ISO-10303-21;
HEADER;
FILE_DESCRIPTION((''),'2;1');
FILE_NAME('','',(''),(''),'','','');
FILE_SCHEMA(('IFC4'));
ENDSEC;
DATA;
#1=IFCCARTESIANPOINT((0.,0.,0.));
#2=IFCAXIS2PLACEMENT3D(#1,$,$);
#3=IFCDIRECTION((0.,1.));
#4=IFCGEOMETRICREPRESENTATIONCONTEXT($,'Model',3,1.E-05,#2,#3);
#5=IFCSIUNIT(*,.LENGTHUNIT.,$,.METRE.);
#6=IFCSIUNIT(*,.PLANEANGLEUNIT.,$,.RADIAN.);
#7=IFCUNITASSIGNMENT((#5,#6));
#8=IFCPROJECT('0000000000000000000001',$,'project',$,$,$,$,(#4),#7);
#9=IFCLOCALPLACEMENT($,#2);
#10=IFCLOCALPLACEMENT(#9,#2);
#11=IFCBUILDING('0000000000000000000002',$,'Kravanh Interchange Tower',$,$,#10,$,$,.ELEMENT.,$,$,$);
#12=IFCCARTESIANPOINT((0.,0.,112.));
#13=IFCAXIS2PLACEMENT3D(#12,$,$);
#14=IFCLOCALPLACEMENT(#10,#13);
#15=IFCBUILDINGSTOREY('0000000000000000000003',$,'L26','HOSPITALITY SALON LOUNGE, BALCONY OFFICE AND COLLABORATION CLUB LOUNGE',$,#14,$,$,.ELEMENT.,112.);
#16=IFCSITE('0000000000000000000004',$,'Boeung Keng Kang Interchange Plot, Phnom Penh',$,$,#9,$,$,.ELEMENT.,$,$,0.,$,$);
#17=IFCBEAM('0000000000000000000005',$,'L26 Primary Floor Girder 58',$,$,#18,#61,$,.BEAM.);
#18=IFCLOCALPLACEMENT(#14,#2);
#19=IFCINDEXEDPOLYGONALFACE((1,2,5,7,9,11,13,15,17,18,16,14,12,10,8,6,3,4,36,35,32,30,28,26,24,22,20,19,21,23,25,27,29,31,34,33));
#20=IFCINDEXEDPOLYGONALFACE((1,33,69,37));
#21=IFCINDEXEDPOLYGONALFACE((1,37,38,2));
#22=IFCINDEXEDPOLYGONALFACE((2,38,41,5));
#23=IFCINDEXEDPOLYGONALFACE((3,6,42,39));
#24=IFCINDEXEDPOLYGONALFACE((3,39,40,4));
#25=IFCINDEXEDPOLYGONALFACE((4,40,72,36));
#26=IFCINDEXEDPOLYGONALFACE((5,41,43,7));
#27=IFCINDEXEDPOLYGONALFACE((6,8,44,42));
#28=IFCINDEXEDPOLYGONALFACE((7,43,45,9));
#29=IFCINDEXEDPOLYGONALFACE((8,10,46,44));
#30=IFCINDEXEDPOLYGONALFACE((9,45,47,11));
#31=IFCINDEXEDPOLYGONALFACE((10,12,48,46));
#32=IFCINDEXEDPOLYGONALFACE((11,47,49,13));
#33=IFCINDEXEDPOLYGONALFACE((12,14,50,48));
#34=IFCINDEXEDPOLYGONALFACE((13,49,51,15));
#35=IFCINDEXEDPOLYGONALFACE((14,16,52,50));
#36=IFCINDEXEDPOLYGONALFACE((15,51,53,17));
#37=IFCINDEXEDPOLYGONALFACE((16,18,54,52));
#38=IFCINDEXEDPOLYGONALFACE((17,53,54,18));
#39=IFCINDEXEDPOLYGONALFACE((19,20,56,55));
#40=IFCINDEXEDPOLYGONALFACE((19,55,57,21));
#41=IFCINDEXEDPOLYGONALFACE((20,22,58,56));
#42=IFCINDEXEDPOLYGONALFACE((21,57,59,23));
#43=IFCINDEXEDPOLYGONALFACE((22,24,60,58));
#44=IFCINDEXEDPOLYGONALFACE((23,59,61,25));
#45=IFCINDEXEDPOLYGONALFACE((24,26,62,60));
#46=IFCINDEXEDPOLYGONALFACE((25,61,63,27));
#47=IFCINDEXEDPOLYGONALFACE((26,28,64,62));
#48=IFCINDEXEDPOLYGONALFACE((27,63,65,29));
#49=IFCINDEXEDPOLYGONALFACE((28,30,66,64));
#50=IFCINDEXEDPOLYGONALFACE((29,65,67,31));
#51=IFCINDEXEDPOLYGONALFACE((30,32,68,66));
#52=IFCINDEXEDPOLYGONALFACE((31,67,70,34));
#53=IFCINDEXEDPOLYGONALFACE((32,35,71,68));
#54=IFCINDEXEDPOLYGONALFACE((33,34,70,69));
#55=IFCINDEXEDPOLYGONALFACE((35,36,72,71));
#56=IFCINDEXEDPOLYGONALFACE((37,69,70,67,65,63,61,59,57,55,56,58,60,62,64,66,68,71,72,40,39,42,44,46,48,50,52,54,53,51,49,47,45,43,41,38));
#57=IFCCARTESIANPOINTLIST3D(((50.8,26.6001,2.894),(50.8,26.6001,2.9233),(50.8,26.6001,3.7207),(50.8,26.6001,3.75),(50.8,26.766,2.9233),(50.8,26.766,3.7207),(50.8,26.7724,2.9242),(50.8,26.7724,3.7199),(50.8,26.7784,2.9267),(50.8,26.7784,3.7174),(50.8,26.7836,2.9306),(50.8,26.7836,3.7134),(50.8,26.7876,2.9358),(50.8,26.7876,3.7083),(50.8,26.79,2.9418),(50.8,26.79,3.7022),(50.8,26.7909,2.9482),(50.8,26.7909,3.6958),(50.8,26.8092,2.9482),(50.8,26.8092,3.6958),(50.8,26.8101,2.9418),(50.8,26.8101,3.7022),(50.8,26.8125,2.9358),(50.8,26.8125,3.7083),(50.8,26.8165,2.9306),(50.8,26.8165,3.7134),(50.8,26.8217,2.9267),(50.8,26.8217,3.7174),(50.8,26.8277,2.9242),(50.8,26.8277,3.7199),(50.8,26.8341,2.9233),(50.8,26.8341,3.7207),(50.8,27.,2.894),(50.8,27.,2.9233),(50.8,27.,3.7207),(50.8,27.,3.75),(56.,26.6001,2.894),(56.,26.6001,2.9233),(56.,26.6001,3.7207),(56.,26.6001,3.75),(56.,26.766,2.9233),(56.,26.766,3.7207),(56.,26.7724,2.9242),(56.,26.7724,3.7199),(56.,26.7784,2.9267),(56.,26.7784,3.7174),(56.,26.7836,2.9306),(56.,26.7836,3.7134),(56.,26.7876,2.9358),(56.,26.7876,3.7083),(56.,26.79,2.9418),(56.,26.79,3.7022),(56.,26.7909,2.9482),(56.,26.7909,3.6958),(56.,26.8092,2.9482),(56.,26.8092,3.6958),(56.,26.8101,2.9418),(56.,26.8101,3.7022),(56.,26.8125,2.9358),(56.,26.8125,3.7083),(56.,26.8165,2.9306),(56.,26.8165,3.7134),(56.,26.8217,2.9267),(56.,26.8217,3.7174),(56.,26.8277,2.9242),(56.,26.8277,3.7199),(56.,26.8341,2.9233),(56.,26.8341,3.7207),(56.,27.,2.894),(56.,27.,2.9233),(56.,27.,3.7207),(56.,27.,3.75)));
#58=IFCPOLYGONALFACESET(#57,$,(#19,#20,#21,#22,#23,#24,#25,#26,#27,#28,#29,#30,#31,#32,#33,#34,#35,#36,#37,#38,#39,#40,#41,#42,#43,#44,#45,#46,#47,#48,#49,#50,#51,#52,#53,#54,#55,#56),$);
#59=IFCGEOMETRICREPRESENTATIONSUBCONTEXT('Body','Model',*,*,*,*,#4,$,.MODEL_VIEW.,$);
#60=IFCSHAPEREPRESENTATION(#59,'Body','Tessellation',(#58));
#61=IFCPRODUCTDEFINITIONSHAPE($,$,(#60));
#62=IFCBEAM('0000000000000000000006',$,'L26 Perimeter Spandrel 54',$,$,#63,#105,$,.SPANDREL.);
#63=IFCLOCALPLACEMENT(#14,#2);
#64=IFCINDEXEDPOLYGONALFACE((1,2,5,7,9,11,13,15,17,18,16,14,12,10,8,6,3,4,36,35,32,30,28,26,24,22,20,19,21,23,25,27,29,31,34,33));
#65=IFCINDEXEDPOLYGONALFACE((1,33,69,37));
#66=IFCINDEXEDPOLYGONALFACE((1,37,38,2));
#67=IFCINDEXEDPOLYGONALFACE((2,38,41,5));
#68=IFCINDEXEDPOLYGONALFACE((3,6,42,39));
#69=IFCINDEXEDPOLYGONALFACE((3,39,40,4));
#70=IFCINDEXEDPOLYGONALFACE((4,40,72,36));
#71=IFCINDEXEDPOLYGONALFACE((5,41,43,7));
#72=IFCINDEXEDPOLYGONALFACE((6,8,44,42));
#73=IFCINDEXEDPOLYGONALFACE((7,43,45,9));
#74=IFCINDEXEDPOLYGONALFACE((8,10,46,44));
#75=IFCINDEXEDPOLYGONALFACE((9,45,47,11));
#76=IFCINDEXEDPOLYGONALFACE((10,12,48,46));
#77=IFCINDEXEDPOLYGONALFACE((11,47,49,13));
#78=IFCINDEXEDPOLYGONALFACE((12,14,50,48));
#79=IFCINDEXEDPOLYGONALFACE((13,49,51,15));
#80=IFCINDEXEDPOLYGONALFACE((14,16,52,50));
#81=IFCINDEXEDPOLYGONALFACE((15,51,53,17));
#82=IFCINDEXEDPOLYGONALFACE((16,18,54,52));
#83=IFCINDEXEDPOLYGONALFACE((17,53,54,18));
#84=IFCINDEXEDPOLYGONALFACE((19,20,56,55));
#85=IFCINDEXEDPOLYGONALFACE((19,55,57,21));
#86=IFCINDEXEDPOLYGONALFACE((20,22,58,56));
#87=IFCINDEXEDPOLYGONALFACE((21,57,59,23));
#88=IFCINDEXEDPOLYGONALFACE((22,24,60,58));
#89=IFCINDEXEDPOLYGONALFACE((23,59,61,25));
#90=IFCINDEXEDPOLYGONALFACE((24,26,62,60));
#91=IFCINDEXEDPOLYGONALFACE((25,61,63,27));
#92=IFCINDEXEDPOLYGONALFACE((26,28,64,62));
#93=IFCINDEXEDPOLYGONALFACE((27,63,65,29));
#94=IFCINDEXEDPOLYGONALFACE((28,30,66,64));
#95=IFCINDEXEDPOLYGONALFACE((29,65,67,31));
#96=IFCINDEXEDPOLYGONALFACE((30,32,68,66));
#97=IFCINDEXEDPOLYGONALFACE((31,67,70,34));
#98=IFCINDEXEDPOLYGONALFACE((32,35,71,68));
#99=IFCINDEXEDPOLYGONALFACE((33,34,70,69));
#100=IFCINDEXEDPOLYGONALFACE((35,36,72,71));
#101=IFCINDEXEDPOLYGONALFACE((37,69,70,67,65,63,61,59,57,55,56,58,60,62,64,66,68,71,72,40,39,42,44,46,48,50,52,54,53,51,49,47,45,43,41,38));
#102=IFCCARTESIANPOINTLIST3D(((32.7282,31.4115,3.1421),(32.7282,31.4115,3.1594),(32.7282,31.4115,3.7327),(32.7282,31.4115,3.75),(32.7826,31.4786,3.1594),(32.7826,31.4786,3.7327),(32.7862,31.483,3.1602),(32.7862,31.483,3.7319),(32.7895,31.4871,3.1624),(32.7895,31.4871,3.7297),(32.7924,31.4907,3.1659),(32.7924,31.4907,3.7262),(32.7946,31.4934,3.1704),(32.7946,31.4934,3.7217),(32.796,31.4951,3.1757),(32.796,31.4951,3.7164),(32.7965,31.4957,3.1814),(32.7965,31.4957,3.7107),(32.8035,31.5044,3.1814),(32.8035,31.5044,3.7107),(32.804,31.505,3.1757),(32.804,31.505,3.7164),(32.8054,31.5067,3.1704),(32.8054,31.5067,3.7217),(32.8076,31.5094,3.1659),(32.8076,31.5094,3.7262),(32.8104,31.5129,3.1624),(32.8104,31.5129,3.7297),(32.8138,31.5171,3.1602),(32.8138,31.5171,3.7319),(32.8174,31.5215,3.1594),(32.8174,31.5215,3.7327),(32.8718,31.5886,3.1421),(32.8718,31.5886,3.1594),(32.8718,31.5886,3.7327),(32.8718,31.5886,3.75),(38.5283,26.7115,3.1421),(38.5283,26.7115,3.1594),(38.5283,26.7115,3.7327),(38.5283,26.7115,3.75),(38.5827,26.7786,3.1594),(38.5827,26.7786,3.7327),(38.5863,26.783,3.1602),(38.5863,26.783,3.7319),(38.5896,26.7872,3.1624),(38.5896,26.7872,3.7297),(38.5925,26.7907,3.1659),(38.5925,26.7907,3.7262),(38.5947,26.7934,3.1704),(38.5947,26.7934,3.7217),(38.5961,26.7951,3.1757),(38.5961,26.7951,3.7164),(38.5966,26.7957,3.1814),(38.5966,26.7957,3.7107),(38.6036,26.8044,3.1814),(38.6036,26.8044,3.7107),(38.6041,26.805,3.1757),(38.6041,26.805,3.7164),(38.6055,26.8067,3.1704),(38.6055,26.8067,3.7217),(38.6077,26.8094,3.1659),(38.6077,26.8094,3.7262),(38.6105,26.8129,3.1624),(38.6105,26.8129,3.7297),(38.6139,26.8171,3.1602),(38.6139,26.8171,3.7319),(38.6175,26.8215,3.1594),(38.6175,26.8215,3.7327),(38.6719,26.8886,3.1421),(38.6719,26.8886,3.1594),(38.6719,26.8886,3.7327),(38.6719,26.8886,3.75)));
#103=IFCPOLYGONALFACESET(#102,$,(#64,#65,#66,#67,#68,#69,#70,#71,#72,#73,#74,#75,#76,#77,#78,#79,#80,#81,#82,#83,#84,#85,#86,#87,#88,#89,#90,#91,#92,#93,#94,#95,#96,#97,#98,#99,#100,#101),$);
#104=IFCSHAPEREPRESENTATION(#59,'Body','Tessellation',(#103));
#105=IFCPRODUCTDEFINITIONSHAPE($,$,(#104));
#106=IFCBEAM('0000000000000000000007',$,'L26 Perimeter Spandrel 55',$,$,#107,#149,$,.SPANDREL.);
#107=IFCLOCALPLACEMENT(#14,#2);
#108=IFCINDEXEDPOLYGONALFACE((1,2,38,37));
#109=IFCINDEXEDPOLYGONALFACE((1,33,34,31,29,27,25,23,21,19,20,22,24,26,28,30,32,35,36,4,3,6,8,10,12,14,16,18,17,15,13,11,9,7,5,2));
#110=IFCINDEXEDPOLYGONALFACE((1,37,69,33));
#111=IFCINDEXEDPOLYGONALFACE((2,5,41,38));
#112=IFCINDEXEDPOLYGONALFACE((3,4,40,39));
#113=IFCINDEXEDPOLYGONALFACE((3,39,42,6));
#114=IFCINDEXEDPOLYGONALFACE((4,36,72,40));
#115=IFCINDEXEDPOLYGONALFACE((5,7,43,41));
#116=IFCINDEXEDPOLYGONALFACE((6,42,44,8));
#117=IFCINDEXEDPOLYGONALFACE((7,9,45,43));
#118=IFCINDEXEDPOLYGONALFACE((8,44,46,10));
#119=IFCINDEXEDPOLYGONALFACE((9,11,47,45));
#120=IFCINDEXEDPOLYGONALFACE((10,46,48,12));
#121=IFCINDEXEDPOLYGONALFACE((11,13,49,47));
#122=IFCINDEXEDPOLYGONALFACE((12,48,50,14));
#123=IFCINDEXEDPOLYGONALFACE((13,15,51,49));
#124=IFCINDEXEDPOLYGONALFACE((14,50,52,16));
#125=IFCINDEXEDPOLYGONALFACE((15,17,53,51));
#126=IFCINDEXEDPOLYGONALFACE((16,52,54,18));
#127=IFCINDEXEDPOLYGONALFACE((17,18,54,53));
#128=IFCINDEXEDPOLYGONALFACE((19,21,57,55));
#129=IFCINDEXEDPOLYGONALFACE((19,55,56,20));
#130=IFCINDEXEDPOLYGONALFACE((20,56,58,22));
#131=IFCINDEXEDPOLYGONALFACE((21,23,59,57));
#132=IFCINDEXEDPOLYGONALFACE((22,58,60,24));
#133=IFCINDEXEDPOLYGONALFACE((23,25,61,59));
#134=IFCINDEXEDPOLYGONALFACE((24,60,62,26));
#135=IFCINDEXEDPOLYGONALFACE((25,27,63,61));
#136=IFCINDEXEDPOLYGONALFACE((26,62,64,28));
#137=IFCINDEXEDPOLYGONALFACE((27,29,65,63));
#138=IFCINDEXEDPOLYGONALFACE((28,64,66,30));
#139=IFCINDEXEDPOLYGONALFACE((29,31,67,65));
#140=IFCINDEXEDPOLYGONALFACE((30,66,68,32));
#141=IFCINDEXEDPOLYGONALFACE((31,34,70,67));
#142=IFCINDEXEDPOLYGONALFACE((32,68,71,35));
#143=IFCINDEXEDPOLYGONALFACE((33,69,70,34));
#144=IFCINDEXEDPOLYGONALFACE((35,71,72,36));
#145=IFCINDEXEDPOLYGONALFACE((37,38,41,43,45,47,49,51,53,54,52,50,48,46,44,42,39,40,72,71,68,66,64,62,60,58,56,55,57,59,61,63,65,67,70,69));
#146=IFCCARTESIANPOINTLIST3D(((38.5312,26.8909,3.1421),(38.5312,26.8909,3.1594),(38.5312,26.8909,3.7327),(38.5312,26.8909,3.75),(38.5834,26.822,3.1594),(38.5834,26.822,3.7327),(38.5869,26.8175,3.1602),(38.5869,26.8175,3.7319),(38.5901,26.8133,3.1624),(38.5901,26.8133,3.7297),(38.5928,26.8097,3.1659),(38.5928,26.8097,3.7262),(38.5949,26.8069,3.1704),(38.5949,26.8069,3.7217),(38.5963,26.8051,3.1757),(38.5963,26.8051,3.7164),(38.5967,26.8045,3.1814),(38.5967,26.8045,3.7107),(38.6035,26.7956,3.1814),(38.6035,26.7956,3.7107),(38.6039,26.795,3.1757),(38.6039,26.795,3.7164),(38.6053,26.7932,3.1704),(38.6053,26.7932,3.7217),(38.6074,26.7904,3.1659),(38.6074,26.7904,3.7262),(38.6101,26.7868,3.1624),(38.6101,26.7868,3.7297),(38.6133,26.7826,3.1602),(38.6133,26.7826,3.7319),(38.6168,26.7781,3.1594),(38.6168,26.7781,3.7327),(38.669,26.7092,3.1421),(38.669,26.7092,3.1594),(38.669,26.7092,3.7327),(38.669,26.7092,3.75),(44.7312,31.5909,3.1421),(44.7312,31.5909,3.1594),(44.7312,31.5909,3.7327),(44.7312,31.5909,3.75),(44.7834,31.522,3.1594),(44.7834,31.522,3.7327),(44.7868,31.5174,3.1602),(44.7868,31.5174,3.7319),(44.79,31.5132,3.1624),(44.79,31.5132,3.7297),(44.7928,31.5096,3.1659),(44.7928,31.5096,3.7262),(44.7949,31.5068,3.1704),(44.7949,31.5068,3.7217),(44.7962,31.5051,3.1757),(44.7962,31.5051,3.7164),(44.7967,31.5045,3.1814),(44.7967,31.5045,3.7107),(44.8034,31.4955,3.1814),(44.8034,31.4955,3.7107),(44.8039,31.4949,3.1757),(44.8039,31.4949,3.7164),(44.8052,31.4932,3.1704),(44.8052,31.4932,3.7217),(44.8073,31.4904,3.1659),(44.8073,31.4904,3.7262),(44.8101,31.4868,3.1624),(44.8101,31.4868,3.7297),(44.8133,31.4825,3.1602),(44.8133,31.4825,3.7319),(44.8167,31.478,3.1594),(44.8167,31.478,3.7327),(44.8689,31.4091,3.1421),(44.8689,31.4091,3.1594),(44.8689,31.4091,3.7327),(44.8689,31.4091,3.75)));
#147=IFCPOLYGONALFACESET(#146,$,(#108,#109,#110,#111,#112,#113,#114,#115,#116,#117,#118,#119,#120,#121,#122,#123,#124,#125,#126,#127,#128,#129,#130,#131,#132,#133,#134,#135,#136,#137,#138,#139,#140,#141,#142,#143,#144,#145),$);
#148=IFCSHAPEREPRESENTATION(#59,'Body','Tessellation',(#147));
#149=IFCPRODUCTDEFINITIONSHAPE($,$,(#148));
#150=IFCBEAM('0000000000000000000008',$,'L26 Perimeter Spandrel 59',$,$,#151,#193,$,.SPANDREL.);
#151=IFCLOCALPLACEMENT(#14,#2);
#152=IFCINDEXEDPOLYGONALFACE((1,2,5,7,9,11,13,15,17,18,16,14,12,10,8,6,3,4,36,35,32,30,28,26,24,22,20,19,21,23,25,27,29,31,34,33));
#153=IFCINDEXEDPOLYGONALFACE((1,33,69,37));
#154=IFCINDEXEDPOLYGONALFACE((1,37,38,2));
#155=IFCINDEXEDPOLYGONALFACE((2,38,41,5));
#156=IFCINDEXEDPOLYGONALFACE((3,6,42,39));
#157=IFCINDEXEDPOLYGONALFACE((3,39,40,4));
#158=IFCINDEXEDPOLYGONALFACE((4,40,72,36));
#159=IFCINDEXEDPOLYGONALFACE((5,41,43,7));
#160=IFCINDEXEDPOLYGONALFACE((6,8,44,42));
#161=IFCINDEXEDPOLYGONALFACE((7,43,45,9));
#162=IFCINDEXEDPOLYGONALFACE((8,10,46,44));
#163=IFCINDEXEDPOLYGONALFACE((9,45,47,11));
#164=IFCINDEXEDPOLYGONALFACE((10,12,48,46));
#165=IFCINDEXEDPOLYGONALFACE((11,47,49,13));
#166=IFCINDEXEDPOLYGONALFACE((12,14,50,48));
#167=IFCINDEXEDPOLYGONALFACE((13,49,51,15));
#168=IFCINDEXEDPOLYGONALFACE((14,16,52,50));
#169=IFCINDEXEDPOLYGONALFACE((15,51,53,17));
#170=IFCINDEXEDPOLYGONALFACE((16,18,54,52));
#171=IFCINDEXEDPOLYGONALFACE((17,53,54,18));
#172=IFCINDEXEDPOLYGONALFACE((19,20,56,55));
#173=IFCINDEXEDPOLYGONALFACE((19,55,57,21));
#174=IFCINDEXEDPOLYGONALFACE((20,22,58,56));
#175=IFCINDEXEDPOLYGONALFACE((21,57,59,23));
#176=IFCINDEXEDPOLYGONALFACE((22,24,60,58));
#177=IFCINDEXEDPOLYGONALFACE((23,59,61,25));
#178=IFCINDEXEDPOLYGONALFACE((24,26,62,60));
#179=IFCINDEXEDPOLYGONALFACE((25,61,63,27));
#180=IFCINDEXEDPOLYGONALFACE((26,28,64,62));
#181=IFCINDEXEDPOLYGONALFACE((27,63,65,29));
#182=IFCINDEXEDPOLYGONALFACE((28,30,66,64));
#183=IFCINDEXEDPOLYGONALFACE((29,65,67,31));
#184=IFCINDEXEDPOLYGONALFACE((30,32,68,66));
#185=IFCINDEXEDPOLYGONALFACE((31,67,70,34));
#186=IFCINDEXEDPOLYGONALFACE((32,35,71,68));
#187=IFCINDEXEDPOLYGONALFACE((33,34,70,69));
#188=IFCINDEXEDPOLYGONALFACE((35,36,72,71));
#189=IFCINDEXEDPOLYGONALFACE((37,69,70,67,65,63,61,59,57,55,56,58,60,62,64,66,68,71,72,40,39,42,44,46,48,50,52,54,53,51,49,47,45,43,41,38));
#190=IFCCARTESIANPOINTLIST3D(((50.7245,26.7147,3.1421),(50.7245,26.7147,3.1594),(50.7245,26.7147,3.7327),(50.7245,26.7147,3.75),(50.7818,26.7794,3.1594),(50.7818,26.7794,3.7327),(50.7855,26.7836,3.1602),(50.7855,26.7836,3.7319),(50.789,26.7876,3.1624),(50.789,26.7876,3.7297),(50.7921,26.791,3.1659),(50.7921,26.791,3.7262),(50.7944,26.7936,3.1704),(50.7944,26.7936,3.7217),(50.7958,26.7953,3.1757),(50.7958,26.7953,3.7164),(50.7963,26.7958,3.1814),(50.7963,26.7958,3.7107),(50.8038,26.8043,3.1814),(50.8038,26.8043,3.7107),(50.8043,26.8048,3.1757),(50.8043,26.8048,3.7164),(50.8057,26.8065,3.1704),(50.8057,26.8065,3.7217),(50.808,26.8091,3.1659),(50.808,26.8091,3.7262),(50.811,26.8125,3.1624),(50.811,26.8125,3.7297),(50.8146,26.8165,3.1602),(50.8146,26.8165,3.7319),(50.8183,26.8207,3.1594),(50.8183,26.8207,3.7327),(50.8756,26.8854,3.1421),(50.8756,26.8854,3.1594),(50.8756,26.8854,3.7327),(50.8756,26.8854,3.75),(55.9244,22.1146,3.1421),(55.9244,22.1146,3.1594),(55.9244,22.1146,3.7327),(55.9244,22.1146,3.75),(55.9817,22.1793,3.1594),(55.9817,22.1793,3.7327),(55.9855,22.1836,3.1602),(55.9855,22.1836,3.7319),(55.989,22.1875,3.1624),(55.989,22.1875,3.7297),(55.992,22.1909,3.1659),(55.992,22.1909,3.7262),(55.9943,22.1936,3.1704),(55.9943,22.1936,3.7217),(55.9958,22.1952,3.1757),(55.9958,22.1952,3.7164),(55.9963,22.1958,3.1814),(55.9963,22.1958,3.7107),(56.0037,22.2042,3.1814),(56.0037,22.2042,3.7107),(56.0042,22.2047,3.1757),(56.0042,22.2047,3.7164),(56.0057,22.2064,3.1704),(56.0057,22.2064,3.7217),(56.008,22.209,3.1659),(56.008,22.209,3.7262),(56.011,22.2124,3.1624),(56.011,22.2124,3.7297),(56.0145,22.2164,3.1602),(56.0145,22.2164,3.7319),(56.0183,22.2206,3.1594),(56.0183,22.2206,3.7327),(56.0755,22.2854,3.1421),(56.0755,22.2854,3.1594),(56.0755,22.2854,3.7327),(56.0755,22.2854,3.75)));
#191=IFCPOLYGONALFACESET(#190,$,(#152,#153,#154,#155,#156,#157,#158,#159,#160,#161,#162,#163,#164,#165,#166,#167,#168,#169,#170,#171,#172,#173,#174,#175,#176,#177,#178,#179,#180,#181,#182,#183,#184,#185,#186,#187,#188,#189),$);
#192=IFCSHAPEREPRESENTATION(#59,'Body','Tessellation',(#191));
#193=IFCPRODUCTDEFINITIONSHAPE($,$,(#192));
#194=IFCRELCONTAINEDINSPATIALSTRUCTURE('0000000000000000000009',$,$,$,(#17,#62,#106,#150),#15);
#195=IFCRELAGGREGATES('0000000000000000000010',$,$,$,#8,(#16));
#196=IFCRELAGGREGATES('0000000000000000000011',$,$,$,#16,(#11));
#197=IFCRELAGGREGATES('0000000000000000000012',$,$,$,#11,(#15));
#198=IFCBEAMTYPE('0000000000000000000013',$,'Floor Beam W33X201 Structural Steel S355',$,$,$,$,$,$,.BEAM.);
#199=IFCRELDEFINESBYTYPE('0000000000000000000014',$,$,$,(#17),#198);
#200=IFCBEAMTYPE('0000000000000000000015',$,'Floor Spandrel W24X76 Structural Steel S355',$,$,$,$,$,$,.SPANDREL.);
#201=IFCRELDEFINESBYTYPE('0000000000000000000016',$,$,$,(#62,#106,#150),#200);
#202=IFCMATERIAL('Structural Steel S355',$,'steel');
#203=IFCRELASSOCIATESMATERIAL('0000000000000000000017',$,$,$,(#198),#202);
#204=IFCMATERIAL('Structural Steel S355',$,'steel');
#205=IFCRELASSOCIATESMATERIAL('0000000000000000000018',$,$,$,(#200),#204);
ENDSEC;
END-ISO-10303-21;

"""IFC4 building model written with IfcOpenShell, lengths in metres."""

from ifc_helpers import new_model, si_unit, direction, frame, origin, origin_2d, place, context, subcontext, project, spatial, i_section, extrude, material, material_profile, profile_set, type_object, element, save


model = new_model("IFC4")

# Units and contexts
model_context = context("Model", 3, precision=1e-05, world=origin(), true_north=direction((0.0, 1.0)))
body_context = subcontext(model_context, "Body", "Model", "MODEL_VIEW")
ifc_project = project(units=[si_unit("LENGTHUNIT", "METRE"), si_unit("PLANEANGLEUNIT", "RADIAN")], contexts=[model_context])

# Site, building, storey
site_placement = place(None, origin())
site = spatial("IfcSite", under=ifc_project, at=site_placement, Name="Boeung Keng Kang Interchange Plot, Phnom Penh", CompositionType="ELEMENT", RefElevation=0.0)
building_placement = place(site_placement, origin())
building = spatial("IfcBuilding", under=site, at=building_placement, Name="Kravanh Interchange Tower", CompositionType="ELEMENT")
storey_placement = place(building_placement, frame((0.0, 0.0, 112.0)))
storey = spatial("IfcBuildingStorey", under=building, at=storey_placement, Name="L26", Description="HOSPITALITY SALON LOUNGE, BALCONY OFFICE AND COLLABORATION CLUB LOUNGE", CompositionType="ELEMENT", Elevation=112.0)

# Beams
ifc_material_1 = material(Name="Structural Steel S355", Category="steel")
ifc_material_profile_1 = material_profile(ifc_material_1, i_section(OverallWidth=0.3999, OverallDepth=0.856, WebThickness=0.0183, FlangeThickness=0.0293, FilletRadius=0.0249, at=origin_2d()), Name="W33X201")
ifc_profile_set_1 = profile_set([ifc_material_profile_1], Name="Structural Steel S355")
beam_type_1 = type_object("IfcBeamType", Name="Floor Beam W33X201 Structural Steel S355", PredefinedType="BEAM", material=ifc_profile_set_1)
beam_1_placement = place(storey_placement, frame((50.8, 26.8, 3.322), z_axis=(1.0, 0.0, 0.0), x_axis=(0.0, 1.0, 0.0)))
element("IfcBeam", 1, at=beam_1_placement, inside=storey, type_object=beam_type_1, Name="L26 Primary Floor Girder 58", PredefinedType="BEAM", context=body_context, shape_type="SweptSolid", body=[
    extrude(i_section(OverallWidth=0.3999, OverallDepth=0.856, WebThickness=0.0183, FlangeThickness=0.0293, FilletRadius=0.0249, at=origin_2d()), origin(), (0.0, 0.0, 1.0), 5.2),
])
ifc_material_2 = material(Name="Structural Steel S355", Category="steel")
ifc_material_profile_2 = material_profile(ifc_material_2, i_section(OverallWidth=0.228, OverallDepth=0.6079, WebThickness=0.0112, FlangeThickness=0.0173, FilletRadius=0.022, at=origin_2d()), Name="W24X76")
ifc_profile_set_2 = profile_set([ifc_material_profile_2], Name="Structural Steel S355")
beam_type_2 = type_object("IfcBeamType", Name="Floor Spandrel W24X76 Structural Steel S355", PredefinedType="SPANDREL", material=ifc_profile_set_2)
beam_2_placement = place(storey_placement, frame((38.6001, 26.8, 3.446), z_axis=(-0.776939, 0.629576, 0.0), x_axis=(-0.629576, -0.776939, 0.0)))
element("IfcBeam", 2, at=beam_2_placement, inside=storey, type_object=beam_type_2, Name="L26 Perimeter Spandrel 54", PredefinedType="SPANDREL", context=body_context, shape_type="SweptSolid", body=[
    extrude(i_section(OverallWidth=0.228, OverallDepth=0.6079, WebThickness=0.0112, FlangeThickness=0.0173, FilletRadius=0.022, at=origin_2d()), origin(), (0.0, 0.0, 1.0), 7.4653),
])
beam_3_placement = place(storey_placement, frame((38.6001, 26.8, 3.446), z_axis=(0.796905, 0.604104, 0.0), x_axis=(-0.604104, 0.796905, 0.0)))
element("IfcBeam", 3, at=beam_3_placement, inside=storey, type_object=beam_type_2, Name="L26 Perimeter Spandrel 55", PredefinedType="SPANDREL", context=body_context, shape_type="SweptSolid", body=[
    extrude(i_section(OverallWidth=0.228, OverallDepth=0.6079, WebThickness=0.0112, FlangeThickness=0.0173, FilletRadius=0.022, at=origin_2d()), origin(), (0.0, 0.0, 1.0), 7.78),
])
beam_4_placement = place(storey_placement, frame((50.8, 26.8, 3.446), z_axis=(0.748986, -0.662585, 0.0), x_axis=(0.662585, 0.748986, 0.0)))
element("IfcBeam", 4, at=beam_4_placement, inside=storey, type_object=beam_type_2, Name="L26 Perimeter Spandrel 59", PredefinedType="SPANDREL", context=body_context, shape_type="SweptSolid", body=[
    extrude(i_section(OverallWidth=0.228, OverallDepth=0.6079, WebThickness=0.0112, FlangeThickness=0.0173, FilletRadius=0.022, at=origin_2d()), origin(), (0.0, 0.0, 1.0), 6.9426),
])

save(model, "model.ifc")
